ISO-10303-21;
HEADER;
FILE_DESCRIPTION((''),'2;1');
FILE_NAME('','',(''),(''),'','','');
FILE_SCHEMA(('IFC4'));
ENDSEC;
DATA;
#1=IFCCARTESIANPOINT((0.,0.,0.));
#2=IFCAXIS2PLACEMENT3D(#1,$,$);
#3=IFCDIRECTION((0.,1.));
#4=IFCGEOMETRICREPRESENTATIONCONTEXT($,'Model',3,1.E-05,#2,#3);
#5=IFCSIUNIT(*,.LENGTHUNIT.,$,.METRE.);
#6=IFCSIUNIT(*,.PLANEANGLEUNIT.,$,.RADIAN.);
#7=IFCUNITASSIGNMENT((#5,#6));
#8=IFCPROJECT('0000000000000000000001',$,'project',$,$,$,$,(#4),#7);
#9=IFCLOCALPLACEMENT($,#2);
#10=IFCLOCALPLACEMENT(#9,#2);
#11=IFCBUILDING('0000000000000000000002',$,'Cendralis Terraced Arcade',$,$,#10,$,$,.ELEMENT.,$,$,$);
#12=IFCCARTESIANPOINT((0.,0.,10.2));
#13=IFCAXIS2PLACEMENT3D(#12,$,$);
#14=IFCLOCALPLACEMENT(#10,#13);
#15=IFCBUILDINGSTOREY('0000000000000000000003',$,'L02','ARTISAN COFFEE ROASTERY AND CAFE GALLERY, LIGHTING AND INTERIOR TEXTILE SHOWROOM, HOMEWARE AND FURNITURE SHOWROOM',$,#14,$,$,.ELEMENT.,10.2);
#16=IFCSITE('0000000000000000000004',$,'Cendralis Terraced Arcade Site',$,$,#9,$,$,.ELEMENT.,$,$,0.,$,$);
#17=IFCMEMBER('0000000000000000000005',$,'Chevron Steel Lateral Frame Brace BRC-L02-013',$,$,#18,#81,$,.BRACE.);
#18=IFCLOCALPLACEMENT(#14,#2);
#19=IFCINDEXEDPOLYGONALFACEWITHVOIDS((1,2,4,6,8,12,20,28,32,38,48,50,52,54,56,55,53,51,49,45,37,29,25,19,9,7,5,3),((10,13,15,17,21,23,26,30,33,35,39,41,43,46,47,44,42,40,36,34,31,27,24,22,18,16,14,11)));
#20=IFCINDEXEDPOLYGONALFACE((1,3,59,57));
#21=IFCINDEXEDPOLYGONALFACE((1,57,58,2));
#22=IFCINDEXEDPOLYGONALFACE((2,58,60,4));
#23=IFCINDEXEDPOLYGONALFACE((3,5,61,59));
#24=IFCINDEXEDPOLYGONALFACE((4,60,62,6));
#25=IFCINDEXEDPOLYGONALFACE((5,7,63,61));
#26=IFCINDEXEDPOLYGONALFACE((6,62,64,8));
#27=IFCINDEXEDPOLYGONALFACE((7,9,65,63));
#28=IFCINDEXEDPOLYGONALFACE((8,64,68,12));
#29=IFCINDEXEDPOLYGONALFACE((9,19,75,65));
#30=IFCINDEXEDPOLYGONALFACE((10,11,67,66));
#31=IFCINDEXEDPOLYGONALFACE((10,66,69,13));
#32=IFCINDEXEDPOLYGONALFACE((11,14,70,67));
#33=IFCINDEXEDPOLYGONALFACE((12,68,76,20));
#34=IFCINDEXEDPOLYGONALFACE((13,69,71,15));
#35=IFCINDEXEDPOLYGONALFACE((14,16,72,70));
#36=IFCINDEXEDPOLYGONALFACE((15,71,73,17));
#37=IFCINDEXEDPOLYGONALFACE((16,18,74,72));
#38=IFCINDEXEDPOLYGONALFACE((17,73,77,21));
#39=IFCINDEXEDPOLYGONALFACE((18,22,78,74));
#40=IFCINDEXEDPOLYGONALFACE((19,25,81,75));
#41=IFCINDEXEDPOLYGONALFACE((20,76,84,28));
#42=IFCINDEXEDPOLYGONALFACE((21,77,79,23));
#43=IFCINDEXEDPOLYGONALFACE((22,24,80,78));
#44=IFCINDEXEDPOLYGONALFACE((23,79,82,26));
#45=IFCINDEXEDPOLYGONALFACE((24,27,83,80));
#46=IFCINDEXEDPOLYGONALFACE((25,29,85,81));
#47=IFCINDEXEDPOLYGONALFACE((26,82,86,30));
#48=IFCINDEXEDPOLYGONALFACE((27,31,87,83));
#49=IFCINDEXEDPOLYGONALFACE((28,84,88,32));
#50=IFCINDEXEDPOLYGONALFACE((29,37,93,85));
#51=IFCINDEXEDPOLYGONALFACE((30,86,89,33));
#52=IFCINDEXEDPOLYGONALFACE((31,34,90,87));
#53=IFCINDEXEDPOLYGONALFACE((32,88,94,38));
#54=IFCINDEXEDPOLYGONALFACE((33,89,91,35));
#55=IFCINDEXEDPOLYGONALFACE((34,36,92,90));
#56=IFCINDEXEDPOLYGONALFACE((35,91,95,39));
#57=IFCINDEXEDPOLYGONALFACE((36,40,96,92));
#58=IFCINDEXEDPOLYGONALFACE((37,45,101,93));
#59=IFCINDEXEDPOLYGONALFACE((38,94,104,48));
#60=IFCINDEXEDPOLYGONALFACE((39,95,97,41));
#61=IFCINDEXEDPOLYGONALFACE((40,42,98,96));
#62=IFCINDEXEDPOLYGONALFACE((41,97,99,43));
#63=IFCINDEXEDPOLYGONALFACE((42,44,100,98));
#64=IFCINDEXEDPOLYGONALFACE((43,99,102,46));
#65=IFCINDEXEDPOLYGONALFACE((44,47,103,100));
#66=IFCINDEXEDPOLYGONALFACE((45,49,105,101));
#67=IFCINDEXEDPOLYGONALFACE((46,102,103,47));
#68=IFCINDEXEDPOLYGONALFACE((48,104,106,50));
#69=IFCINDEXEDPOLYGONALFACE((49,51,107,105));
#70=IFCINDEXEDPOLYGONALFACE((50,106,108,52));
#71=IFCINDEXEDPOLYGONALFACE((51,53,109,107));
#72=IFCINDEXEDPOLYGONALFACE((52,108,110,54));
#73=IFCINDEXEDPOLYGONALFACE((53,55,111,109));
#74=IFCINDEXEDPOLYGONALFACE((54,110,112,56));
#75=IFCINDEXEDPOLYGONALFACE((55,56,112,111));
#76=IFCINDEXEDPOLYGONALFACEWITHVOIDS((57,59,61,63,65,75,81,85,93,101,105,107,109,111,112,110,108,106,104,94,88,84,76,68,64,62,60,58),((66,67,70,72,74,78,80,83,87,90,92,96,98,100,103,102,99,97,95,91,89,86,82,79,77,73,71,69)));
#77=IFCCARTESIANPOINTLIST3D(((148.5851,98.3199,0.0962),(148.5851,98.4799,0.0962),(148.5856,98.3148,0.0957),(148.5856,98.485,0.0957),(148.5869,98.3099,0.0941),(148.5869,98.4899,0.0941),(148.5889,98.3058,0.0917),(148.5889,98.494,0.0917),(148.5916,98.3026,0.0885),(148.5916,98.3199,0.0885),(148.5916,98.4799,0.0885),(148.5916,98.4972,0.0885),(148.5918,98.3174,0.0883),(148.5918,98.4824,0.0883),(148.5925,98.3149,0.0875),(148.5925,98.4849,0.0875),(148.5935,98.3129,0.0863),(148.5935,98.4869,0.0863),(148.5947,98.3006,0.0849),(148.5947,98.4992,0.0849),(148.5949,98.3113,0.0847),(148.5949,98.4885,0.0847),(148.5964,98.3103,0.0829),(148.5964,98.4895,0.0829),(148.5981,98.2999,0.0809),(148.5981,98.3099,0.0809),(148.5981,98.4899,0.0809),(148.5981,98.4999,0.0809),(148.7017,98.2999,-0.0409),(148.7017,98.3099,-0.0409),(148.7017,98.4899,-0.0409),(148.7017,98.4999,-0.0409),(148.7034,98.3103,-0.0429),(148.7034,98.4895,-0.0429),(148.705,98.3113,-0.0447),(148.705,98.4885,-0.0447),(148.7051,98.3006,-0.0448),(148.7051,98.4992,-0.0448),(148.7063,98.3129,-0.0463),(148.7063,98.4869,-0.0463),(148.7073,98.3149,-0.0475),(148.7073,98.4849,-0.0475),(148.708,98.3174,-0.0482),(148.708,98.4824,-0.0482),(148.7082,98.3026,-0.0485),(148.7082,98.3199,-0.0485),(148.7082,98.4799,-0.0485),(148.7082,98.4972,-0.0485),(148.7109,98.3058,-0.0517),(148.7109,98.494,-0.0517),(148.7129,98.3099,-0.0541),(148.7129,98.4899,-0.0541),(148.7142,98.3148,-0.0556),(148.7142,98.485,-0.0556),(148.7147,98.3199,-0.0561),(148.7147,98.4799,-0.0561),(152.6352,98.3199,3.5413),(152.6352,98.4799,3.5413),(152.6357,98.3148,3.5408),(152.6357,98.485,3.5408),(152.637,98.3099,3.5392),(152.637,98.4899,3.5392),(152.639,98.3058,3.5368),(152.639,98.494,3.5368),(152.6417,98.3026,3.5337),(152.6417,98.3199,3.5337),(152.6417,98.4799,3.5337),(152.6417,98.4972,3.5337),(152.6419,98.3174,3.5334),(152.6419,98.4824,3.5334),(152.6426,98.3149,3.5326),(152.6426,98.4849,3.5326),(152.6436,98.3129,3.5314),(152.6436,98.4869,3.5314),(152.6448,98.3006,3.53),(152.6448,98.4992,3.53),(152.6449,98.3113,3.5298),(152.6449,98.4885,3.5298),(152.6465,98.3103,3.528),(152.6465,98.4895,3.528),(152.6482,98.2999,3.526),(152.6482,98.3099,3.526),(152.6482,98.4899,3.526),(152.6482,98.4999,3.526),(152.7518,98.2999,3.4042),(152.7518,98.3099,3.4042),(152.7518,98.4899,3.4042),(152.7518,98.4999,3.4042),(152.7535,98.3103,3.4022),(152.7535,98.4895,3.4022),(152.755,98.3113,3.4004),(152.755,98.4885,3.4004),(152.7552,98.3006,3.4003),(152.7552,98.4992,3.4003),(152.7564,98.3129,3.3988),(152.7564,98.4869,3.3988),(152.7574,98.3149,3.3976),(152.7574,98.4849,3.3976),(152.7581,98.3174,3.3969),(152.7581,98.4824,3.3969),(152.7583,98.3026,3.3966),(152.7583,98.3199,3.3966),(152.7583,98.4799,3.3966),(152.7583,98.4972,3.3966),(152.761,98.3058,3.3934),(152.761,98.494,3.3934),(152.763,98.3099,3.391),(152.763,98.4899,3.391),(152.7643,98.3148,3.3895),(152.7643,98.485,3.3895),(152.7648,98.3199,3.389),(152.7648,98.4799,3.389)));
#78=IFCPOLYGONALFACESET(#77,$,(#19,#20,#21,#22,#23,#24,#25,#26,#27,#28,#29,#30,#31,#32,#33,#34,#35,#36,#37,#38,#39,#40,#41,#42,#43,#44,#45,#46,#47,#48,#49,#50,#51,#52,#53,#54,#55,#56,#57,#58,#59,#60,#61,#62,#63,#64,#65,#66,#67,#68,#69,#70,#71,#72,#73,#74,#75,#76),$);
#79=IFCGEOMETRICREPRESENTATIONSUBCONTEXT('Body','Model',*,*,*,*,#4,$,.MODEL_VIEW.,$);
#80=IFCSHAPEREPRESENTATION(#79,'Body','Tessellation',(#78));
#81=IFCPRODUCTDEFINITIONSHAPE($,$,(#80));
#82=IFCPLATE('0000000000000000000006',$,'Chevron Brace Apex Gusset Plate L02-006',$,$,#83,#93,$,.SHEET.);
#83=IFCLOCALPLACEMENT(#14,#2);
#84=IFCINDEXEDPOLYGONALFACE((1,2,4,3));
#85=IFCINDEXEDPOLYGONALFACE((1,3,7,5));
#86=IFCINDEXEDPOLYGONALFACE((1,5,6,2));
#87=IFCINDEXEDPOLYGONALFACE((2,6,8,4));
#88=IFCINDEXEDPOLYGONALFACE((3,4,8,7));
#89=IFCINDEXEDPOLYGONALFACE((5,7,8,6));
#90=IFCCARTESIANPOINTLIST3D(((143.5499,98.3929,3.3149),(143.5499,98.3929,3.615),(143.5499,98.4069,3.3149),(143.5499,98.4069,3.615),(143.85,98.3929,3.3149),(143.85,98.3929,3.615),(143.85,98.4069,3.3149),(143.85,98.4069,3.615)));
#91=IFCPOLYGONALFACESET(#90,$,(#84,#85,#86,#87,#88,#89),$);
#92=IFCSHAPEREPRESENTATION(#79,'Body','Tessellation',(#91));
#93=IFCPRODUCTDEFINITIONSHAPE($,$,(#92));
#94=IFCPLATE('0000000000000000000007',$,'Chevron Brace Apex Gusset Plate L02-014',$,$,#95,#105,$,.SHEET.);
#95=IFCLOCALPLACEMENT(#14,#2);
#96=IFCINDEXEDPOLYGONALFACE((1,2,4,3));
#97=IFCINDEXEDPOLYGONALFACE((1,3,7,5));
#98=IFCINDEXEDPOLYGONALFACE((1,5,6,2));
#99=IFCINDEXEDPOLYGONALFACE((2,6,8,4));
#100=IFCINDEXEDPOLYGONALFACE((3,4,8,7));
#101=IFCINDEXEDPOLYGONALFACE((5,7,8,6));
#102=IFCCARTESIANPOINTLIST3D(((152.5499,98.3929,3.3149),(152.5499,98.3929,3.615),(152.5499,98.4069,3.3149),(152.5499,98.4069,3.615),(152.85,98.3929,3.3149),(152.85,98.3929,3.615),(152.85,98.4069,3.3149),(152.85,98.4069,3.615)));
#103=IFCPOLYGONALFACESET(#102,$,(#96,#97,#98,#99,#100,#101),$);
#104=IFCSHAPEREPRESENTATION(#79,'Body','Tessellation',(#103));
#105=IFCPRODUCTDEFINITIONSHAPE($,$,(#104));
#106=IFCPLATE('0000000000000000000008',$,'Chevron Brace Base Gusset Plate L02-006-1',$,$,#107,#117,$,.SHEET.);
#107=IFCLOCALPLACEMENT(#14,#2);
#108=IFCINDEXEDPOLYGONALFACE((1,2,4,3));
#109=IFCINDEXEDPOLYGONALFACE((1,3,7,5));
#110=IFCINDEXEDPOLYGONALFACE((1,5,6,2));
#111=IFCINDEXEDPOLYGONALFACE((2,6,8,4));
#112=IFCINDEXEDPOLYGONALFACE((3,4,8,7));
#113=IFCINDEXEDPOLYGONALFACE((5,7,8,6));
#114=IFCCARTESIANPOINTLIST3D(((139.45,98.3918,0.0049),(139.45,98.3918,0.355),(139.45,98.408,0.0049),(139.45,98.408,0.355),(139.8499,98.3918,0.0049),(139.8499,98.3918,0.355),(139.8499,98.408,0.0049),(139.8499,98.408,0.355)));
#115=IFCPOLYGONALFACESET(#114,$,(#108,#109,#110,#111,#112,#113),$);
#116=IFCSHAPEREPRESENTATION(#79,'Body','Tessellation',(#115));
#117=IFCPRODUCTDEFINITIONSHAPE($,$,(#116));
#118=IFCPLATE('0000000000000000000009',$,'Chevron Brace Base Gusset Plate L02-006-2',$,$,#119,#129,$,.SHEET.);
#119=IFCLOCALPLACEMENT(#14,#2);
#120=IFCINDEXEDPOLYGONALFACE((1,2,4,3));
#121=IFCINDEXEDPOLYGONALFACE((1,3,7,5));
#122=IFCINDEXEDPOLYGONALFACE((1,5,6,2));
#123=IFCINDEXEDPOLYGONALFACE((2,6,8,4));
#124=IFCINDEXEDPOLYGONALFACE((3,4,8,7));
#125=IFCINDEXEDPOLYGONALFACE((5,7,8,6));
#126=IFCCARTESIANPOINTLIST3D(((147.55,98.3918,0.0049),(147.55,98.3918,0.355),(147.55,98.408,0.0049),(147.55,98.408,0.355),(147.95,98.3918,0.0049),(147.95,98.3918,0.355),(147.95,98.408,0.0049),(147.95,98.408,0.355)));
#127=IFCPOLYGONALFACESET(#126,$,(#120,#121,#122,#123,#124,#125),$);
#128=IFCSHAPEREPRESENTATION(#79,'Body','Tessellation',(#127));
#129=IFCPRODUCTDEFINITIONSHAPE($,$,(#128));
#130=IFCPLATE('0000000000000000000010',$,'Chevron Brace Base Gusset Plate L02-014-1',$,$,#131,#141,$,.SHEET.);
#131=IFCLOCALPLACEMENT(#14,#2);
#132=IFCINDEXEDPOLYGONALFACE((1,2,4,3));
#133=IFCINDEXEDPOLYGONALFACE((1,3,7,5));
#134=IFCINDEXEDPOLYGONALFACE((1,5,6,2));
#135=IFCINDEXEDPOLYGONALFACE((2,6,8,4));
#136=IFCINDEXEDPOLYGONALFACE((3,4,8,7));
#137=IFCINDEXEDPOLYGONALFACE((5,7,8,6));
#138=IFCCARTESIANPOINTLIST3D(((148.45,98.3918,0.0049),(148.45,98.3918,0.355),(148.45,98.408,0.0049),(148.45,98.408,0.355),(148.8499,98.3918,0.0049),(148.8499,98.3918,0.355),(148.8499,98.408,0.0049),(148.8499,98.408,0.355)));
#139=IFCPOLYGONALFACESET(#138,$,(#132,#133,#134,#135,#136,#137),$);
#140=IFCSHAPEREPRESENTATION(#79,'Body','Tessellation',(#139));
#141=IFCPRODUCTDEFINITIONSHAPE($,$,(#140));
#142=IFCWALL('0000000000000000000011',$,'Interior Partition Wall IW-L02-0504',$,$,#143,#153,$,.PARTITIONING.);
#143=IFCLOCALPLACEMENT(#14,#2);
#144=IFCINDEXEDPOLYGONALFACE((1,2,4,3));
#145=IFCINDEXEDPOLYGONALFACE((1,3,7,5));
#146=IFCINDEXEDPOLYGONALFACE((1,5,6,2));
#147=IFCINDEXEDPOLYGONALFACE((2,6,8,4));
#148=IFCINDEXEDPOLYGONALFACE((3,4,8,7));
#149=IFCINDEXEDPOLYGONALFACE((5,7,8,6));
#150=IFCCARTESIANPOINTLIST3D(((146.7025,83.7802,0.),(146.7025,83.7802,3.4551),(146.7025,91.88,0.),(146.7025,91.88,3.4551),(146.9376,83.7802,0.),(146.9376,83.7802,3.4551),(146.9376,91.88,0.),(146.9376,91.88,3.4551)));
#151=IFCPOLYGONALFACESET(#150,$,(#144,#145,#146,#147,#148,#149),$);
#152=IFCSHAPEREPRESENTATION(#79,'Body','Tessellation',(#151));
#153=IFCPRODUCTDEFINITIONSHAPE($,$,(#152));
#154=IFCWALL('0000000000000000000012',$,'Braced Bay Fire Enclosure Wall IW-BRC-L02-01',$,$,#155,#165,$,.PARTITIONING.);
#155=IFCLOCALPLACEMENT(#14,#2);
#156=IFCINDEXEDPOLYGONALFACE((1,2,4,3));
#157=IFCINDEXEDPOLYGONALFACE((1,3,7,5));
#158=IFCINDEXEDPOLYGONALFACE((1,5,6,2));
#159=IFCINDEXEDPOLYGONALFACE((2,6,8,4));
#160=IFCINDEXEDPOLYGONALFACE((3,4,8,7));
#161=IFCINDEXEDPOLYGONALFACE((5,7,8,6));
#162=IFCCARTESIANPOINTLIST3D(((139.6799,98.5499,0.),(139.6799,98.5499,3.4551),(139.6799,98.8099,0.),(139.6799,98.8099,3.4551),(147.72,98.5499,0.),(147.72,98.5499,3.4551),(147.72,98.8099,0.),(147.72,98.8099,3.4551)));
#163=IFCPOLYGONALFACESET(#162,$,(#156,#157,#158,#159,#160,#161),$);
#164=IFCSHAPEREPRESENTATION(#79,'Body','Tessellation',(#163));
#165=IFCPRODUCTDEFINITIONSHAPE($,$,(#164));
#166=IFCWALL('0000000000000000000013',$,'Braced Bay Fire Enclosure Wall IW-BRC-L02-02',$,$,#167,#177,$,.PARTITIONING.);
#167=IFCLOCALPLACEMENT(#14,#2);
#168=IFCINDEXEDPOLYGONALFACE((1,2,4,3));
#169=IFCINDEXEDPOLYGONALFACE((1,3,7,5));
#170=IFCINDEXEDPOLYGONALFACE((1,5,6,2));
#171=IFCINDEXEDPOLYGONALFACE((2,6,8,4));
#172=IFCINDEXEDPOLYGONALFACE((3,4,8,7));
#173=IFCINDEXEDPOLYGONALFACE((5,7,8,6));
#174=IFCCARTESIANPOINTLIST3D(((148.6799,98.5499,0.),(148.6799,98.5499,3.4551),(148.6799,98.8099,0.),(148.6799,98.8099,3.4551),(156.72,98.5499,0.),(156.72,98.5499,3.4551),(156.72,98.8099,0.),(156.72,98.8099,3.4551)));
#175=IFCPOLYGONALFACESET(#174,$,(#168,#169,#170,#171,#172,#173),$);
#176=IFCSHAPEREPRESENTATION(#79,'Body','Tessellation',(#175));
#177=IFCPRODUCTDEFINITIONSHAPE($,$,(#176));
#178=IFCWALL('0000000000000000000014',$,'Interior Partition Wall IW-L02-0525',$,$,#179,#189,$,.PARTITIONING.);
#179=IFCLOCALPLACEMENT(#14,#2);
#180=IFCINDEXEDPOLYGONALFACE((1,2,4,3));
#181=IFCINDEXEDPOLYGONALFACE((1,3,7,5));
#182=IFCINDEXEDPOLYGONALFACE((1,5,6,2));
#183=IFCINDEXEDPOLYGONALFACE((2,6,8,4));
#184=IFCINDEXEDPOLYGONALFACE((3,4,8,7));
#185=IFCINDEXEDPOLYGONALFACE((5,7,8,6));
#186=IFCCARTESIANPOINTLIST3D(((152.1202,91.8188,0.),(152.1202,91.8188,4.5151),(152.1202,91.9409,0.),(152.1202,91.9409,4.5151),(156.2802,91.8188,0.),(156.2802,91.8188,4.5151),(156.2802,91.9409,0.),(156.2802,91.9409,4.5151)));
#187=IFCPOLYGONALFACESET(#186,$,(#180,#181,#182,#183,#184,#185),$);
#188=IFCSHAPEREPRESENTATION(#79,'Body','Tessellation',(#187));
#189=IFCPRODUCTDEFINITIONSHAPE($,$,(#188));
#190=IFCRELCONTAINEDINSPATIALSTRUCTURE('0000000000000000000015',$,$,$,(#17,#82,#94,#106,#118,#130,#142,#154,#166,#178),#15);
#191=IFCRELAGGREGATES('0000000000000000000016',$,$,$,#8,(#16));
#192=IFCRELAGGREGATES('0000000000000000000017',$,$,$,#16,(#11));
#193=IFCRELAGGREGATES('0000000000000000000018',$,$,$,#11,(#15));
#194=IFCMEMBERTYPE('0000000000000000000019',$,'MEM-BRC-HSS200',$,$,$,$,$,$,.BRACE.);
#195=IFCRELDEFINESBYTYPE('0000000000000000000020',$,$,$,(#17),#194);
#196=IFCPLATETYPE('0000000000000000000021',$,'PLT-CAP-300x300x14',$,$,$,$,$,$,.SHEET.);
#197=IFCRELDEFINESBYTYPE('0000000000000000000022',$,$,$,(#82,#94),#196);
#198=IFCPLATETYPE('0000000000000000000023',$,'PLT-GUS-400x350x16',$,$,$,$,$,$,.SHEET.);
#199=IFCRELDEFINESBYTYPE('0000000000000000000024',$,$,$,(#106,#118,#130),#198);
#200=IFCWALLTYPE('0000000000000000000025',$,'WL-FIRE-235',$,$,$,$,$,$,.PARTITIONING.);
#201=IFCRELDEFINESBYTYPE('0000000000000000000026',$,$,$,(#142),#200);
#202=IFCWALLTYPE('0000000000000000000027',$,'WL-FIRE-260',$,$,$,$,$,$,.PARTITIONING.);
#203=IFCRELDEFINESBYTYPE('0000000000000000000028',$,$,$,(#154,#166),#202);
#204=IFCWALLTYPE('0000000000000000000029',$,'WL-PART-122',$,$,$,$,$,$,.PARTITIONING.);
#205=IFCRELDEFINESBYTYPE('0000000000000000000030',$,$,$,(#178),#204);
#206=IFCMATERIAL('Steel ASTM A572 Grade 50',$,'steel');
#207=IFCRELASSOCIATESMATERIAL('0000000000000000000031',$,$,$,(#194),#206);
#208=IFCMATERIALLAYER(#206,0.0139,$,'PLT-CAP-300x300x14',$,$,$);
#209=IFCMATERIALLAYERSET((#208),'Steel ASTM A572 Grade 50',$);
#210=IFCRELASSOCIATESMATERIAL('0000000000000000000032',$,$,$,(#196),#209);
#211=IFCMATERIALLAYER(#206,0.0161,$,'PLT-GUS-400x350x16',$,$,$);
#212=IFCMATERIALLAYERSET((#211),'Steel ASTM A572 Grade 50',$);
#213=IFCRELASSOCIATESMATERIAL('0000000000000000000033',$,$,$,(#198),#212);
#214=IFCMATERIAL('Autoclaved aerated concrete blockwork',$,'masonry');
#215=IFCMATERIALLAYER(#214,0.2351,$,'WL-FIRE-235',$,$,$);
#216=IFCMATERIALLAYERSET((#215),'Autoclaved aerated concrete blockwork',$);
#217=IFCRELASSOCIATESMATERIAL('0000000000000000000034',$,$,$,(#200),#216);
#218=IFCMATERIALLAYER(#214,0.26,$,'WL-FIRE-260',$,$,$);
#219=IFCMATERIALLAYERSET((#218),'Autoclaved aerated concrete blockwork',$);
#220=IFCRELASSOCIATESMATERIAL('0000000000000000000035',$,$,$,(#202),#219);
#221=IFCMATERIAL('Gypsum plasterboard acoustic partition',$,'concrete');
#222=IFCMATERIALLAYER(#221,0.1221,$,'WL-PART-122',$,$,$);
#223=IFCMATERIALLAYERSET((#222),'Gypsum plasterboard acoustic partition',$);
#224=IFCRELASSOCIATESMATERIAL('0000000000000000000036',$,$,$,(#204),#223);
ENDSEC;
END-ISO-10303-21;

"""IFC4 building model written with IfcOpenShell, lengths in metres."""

from ifc_helpers import new_model, si_unit, direction, frame, frame_2d, origin, origin_2d, place, context, subcontext, project, spatial, rectangle, hollow_rectangle, extrude, material, layer, layer_set, material_profile, profile_set, type_object, element, save


model = new_model("IFC4")

# Units and contexts
model_context = context("Model", 3, precision=1e-05, world=origin(), true_north=direction((0.0, 1.0)))
body_context = subcontext(model_context, "Body", "Model", "MODEL_VIEW")
ifc_project = project(units=[si_unit("LENGTHUNIT", "METRE"), si_unit("PLANEANGLEUNIT", "RADIAN")], contexts=[model_context])

# Site, building, storey
site_placement = place(None, origin())
site = spatial("IfcSite", under=ifc_project, at=site_placement, Name="Cendralis Terraced Arcade Site", CompositionType="ELEMENT", RefElevation=0.0)
building_placement = place(site_placement, origin())
building = spatial("IfcBuilding", under=site, at=building_placement, Name="Cendralis Terraced Arcade", CompositionType="ELEMENT")
storey_placement = place(building_placement, frame((0.0, 0.0, 10.2)))
storey = spatial("IfcBuildingStorey", under=building, at=storey_placement, Name="L02", Description="ARTISAN COFFEE ROASTERY AND CAFE GALLERY, LIGHTING AND INTERIOR TEXTILE SHOWROOM, HOMEWARE AND FURNITURE SHOWROOM", CompositionType="ELEMENT", Elevation=10.2)

# Member
ifc_material_1 = material(Name="Steel ASTM A572 Grade 50", Category="steel")
ifc_material_profile_1 = material_profile(ifc_material_1, hollow_rectangle(XDim=0.2, YDim=0.2, WallThickness=0.01, InnerFilletRadius=0.01, OuterFilletRadius=0.02, at=origin_2d()), Name="HSS200X200X10", Category="LoadBearing")
ifc_profile_set_1 = profile_set([ifc_material_profile_1], Name="Steel ASTM A572 Grade 50")
member_type = type_object("IfcMemberType", Name="MEM-BRC-HSS200", PredefinedType="BRACE", material=ifc_profile_set_1)
for number, where, z_axis, x_axis, name in (
    (1, (148.6499, 98.3999, 0.02), (0.761705, 0.0, 0.647924), (0.0, 1.0, 0.0), "Chevron Steel Lateral Frame Brace BRC-L02-013"),
):
    element("IfcMember", number, at=place(storey_placement, frame(where, z_axis=z_axis, x_axis=x_axis)), inside=storey, type_object=member_type, Name=name, PredefinedType="BRACE", context=body_context, shape_type="SweptSolid", body=[
        extrude(hollow_rectangle(XDim=0.2, YDim=0.2, WallThickness=0.01, InnerFilletRadius=0.01, OuterFilletRadius=0.02, at=origin_2d()), origin(), (0.0, 0.0, 1.0), 5.3171),
    ])

# Plates
ifc_layer_1 = layer(ifc_material_1, 0.0139, Name="PLT-CAP-300x300x14")
ifc_layer_set_1 = layer_set([ifc_layer_1], Name="Steel ASTM A572 Grade 50")
plate_type_1 = type_object("IfcPlateType", Name="PLT-CAP-300x300x14", PredefinedType="SHEET", material=ifc_layer_set_1)
for number, where, z_axis, x_axis, name in (
    (2, (143.7, 98.3999, 3.3149), (0.0, 0.0, 1.0), (1.0, 0.0, 0.0), "Chevron Brace Apex Gusset Plate L02-006"),
    (3, (152.7, 98.3999, 3.3149), (0.0, 0.0, 1.0), (1.0, 0.0, 0.0), "Chevron Brace Apex Gusset Plate L02-014"),
):
    element("IfcPlate", number, at=place(storey_placement, frame(where, z_axis=z_axis, x_axis=x_axis)), inside=storey, type_object=plate_type_1, Name=name, PredefinedType="SHEET", context=body_context, shape_type="SweptSolid", body=[
        extrude(rectangle(XDim=0.3, YDim=0.0139, at=origin_2d()), origin(), (0.0, 0.0, 1.0), 0.3),
    ])
ifc_layer_2 = layer(ifc_material_1, 0.0161, Name="PLT-GUS-400x350x16")
ifc_layer_set_2 = layer_set([ifc_layer_2], Name="Steel ASTM A572 Grade 50")
plate_type_2 = type_object("IfcPlateType", Name="PLT-GUS-400x350x16", PredefinedType="SHEET", material=ifc_layer_set_2)
for number, where, z_axis, x_axis, name in (
    (4, (139.6499, 98.3999, 0.0049), (0.0, 0.0, 1.0), (1.0, 0.0, 0.0), "Chevron Brace Base Gusset Plate L02-006-1"),
    (5, (147.75, 98.3999, 0.0049), (0.0, 0.0, 1.0), (1.0, 0.0, 0.0), "Chevron Brace Base Gusset Plate L02-006-2"),
    (6, (148.6499, 98.3999, 0.0049), (0.0, 0.0, 1.0), (1.0, 0.0, 0.0), "Chevron Brace Base Gusset Plate L02-014-1"),
):
    element("IfcPlate", number, at=place(storey_placement, frame(where, z_axis=z_axis, x_axis=x_axis)), inside=storey, type_object=plate_type_2, Name=name, PredefinedType="SHEET", context=body_context, shape_type="SweptSolid", body=[
        extrude(rectangle(XDim=0.3999, YDim=0.0161, at=origin_2d()), origin(), (0.0, 0.0, 1.0), 0.3501),
    ])

# Walls
ifc_material_2 = material(Name="Autoclaved aerated concrete blockwork", Category="masonry")
ifc_layer_3 = layer(ifc_material_2, 0.2351, Name="WL-FIRE-235")
ifc_layer_set_3 = layer_set([ifc_layer_3], Name="Autoclaved aerated concrete blockwork")
wall_type_1 = type_object("IfcWallType", Name="WL-FIRE-235", PredefinedType="PARTITIONING", material=ifc_layer_set_3)
wall_1_placement = place(storey_placement, frame((146.8201, 91.8799, 0.0), z_axis=(0.0, 0.0, 1.0), x_axis=(0.0, -1.0, 0.0)))
element("IfcWall", 7, at=wall_1_placement, inside=storey, type_object=wall_type_1, Name="Interior Partition Wall IW-L02-0504", PredefinedType="PARTITIONING", context=body_context, shape_type="SweptSolid", body=[
    extrude(rectangle(XDim=8.0999, YDim=0.2351, at=frame_2d((4.0498, 0.0))), origin(), (0.0, 0.0, 1.0), 3.4551),
])
ifc_layer_4 = layer(ifc_material_2, 0.26, Name="WL-FIRE-260")
ifc_layer_set_4 = layer_set([ifc_layer_4], Name="Autoclaved aerated concrete blockwork")
wall_type_2 = type_object("IfcWallType", Name="WL-FIRE-260", PredefinedType="PARTITIONING", material=ifc_layer_set_4)
for number, where, z_axis, x_axis, name in (
    (8, (139.6799, 98.6799, 0.0), (0.0, 0.0, 1.0), (1.0, 0.0, 0.0), "Braced Bay Fire Enclosure Wall IW-BRC-L02-01"),
    (9, (148.6799, 98.6799, 0.0), (0.0, 0.0, 1.0), (1.0, 0.0, 0.0), "Braced Bay Fire Enclosure Wall IW-BRC-L02-02"),
):
    element("IfcWall", number, at=place(storey_placement, frame(where, z_axis=z_axis, x_axis=x_axis)), inside=storey, type_object=wall_type_2, Name=name, PredefinedType="PARTITIONING", context=body_context, shape_type="SweptSolid", body=[
        extrude(rectangle(XDim=8.04, YDim=0.26, at=frame_2d((4.02, 0.0))), origin(), (0.0, 0.0, 1.0), 3.4551),
    ])
ifc_material_3 = material(Name="Gypsum plasterboard acoustic partition", Category="concrete")
ifc_layer_5 = layer(ifc_material_3, 0.1221, Name="WL-PART-122")
ifc_layer_set_5 = layer_set([ifc_layer_5], Name="Gypsum plasterboard acoustic partition")
wall_type_3 = type_object("IfcWallType", Name="WL-PART-122", PredefinedType="PARTITIONING", material=ifc_layer_set_5)
wall_2_placement = place(storey_placement, frame((152.1201, 91.8799, 0.0), z_axis=(0.0, 0.0, 1.0), x_axis=(1.0, 0.0, 0.0)))
element("IfcWall", 10, at=wall_2_placement, inside=storey, type_object=wall_type_3, Name="Interior Partition Wall IW-L02-0525", PredefinedType="PARTITIONING", context=body_context, shape_type="SweptSolid", body=[
    extrude(rectangle(XDim=4.1599, YDim=0.1221, at=frame_2d((2.0801, 0.0))), origin(), (0.0, 0.0, 1.0), 4.5151),
])

save(model, "model.ifc")
